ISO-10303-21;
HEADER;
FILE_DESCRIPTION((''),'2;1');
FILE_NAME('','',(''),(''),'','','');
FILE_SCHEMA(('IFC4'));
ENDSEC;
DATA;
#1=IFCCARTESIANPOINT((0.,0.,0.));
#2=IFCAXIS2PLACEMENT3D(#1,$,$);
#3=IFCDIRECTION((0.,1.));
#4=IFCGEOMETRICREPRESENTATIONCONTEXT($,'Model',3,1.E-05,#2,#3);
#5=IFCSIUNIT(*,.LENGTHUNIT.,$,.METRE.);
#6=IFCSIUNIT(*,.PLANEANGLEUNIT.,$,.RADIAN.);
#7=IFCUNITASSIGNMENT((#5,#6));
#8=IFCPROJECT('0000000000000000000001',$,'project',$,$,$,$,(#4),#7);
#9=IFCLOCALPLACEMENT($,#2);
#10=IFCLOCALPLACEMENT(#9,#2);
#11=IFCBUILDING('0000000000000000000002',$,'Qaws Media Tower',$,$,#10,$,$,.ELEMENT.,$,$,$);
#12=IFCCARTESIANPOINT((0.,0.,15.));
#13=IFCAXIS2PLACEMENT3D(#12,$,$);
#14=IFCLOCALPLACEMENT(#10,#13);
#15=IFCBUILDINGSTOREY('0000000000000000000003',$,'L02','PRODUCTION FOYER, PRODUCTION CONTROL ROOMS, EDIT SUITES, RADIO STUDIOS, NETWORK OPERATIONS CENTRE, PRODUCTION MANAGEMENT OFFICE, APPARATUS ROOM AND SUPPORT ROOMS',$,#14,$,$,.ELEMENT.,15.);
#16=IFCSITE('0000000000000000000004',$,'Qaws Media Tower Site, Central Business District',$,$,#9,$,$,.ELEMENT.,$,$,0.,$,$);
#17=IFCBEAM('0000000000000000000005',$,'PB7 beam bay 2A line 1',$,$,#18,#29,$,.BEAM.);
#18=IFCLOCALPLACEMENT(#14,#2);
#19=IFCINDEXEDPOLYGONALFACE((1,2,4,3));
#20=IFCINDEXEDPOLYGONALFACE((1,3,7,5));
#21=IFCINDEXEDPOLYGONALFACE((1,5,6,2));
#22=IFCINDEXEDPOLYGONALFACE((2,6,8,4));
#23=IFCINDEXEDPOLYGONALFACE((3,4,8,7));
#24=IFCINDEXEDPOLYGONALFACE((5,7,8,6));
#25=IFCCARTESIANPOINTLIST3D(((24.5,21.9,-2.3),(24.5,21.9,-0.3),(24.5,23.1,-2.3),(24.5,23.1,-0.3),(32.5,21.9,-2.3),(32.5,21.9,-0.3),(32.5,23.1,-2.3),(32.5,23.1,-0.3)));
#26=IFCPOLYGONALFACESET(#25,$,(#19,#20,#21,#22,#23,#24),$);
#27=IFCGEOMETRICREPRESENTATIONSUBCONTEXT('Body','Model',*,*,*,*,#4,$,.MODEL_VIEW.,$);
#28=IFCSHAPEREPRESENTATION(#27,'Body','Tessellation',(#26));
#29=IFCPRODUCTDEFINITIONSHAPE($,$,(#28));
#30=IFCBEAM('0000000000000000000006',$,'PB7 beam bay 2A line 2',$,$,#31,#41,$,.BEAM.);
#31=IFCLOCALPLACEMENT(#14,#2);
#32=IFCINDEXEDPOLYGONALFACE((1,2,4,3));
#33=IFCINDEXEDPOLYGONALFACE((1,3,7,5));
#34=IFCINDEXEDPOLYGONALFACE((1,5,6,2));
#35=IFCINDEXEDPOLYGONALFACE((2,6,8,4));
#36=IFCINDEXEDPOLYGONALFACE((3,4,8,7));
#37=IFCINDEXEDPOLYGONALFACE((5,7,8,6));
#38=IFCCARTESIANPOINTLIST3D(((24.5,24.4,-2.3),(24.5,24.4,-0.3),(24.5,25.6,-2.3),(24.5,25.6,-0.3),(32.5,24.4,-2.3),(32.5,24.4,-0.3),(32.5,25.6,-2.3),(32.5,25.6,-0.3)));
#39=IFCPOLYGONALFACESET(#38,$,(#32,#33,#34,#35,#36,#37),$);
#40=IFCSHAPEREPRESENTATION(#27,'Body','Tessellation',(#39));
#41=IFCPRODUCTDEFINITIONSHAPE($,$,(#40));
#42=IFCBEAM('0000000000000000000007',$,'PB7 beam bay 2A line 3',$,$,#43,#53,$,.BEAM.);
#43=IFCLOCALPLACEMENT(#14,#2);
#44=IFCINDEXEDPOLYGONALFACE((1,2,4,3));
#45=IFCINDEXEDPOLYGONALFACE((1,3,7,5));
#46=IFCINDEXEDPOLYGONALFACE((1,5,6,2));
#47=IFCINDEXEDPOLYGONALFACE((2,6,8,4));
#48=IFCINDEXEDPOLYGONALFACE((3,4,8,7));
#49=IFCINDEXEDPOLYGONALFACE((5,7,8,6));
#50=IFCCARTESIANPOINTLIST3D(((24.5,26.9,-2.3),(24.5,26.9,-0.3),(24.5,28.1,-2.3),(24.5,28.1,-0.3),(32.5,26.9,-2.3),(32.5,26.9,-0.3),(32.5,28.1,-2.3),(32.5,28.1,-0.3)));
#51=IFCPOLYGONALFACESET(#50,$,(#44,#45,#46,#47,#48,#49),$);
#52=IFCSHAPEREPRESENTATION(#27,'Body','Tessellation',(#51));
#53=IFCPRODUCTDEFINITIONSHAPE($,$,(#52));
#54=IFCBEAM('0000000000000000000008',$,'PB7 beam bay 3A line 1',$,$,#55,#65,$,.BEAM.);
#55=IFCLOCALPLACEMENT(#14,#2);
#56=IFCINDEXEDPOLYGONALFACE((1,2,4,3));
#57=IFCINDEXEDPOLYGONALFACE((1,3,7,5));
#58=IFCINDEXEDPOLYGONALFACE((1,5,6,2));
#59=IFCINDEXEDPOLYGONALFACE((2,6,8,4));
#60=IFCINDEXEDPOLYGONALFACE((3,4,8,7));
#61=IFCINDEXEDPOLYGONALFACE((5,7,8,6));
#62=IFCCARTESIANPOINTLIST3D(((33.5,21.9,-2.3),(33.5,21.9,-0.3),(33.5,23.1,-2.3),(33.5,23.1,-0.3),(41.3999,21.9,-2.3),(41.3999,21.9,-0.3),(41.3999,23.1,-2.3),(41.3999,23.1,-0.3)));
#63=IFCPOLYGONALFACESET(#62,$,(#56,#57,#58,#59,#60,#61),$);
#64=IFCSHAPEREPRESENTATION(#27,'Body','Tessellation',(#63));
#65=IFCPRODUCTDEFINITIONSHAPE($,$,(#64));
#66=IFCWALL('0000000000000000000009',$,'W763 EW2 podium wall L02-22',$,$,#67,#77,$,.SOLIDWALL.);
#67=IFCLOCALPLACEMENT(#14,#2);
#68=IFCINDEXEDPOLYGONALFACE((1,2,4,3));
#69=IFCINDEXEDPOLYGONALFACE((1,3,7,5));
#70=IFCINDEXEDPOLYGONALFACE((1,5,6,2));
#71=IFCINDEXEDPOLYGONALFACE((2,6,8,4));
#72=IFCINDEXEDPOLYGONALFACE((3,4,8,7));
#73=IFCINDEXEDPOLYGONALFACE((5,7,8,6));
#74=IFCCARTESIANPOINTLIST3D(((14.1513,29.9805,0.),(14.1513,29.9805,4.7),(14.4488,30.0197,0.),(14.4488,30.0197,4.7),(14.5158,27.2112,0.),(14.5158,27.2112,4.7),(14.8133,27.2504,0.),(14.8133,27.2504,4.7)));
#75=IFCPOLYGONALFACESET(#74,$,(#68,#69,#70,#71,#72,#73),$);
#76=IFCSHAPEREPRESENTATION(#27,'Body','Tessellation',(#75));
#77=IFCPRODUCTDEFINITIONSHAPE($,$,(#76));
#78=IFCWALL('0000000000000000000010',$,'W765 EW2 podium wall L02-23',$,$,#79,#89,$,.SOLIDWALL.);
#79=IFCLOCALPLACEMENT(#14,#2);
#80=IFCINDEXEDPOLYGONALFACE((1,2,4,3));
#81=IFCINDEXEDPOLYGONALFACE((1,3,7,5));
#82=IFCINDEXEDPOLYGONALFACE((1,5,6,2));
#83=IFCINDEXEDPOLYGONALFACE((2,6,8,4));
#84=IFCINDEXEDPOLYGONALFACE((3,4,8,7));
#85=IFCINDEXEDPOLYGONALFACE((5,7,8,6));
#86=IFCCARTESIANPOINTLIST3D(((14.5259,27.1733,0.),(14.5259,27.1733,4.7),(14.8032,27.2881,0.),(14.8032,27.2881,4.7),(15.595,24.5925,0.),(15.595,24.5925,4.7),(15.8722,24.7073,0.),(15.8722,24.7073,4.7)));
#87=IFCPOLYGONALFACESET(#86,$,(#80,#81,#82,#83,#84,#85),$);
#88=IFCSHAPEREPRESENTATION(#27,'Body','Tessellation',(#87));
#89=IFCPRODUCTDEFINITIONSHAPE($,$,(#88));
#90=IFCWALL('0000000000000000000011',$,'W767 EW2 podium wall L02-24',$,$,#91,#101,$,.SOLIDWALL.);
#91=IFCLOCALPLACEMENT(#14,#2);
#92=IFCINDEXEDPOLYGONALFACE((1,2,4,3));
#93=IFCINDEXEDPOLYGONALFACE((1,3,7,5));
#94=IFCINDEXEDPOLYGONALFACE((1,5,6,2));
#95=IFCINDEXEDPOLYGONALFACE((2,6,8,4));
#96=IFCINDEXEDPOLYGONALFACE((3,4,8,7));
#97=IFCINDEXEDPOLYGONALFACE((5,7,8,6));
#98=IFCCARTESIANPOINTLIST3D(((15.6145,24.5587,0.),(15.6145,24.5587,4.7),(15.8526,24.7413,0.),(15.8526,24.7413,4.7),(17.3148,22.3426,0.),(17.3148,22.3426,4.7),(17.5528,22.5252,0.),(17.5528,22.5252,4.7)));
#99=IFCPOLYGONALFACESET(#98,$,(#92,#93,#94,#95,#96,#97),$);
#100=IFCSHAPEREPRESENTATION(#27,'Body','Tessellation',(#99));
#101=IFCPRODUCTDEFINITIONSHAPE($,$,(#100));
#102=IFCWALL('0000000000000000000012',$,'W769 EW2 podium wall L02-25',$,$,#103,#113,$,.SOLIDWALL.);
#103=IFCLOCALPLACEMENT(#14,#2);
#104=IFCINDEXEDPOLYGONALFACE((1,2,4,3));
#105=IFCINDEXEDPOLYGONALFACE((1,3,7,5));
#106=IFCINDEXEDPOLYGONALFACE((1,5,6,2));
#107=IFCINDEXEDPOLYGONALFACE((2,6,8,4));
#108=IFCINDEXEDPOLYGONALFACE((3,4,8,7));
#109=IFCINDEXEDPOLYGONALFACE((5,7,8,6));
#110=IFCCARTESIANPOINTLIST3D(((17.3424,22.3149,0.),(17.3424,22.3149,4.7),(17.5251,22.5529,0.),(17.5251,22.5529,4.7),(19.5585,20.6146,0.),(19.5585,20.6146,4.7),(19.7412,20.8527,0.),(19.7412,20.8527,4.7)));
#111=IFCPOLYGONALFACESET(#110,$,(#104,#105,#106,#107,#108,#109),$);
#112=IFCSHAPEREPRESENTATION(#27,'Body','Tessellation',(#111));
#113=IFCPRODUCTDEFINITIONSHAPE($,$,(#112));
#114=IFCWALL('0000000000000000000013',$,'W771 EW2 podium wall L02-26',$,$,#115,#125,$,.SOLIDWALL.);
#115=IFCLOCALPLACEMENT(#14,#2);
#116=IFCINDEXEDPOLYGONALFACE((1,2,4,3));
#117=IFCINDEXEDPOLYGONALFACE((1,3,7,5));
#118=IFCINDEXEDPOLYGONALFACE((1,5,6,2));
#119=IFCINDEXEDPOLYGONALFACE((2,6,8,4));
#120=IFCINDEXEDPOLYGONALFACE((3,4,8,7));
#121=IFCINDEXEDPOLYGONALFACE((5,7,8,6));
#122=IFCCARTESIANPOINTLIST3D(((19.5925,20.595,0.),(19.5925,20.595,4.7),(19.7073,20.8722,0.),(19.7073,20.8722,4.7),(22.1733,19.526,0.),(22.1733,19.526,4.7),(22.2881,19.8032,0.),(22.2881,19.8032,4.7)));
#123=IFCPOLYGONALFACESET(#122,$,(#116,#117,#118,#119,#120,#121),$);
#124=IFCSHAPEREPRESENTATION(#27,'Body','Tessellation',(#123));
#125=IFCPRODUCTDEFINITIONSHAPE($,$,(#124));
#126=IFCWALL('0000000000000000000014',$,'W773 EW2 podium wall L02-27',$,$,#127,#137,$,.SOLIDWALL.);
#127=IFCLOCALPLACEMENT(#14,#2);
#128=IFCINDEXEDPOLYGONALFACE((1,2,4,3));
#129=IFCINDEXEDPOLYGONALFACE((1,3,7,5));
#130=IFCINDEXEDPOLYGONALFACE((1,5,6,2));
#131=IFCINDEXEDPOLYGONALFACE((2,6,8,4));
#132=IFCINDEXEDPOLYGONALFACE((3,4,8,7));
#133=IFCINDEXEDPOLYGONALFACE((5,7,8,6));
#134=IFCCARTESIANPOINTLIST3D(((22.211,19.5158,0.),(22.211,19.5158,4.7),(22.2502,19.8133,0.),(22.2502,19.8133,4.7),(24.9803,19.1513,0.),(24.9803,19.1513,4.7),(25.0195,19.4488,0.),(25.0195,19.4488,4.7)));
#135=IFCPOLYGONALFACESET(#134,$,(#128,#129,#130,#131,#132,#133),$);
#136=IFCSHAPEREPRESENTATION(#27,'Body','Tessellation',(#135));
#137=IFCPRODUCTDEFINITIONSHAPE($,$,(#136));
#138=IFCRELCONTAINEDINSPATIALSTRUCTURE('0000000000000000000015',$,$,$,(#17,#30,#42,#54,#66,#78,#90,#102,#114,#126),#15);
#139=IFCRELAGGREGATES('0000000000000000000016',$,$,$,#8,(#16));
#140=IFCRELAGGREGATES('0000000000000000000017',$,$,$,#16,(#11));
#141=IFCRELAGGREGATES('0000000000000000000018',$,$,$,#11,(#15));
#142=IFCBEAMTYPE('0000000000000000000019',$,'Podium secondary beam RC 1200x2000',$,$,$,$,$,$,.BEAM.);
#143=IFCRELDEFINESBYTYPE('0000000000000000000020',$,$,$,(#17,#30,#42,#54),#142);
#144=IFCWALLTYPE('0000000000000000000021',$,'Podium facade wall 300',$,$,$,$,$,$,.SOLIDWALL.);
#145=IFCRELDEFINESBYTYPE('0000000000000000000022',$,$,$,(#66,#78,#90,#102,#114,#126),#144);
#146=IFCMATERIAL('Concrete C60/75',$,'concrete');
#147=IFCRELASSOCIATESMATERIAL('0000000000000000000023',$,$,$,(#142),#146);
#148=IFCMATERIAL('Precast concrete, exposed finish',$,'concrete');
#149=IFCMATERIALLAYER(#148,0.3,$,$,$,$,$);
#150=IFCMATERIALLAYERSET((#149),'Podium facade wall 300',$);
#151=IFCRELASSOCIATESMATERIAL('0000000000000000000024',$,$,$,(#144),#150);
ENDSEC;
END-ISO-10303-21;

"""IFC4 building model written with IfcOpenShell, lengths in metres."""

from ifc_helpers import new_model, si_unit, direction, frame, frame_2d, origin, origin_2d, place, context, subcontext, project, spatial, rectangle, extrude, material, layer, layer_set, material_profile, profile_set, type_object, element, save


model = new_model("IFC4")

# Units and contexts
model_context = context("Model", 3, precision=1e-05, world=origin(), true_north=direction((0.0, 1.0)))
body_context = subcontext(model_context, "Body", "Model", "MODEL_VIEW")
ifc_project = project(units=[si_unit("LENGTHUNIT", "METRE"), si_unit("PLANEANGLEUNIT", "RADIAN")], contexts=[model_context])

# Site, building, storey
site_placement = place(None, origin())
site = spatial("IfcSite", under=ifc_project, at=site_placement, Name="Qaws Media Tower Site, Central Business District", CompositionType="ELEMENT", RefElevation=0.0)
building_placement = place(site_placement, origin())
building = spatial("IfcBuilding", under=site, at=building_placement, Name="Qaws Media Tower", CompositionType="ELEMENT")
storey_placement = place(building_placement, frame((0.0, 0.0, 15.0)))
storey = spatial("IfcBuildingStorey", under=building, at=storey_placement, Name="L02", Description="PRODUCTION FOYER, PRODUCTION CONTROL ROOMS, EDIT SUITES, RADIO STUDIOS, NETWORK OPERATIONS CENTRE, PRODUCTION MANAGEMENT OFFICE, APPARATUS ROOM AND SUPPORT ROOMS", CompositionType="ELEMENT", Elevation=15.0)

# Beams
ifc_material_1 = material(Name="Concrete C60/75", Category="concrete")
ifc_material_profile_1 = material_profile(ifc_material_1, rectangle(XDim=1.2, YDim=2.0, at=origin_2d()), Name="RC 1200x2000")
ifc_profile_set_1 = profile_set([ifc_material_profile_1], Name="Concrete C60/75")
beam_type_1 = type_object("IfcBeamType", Name="Podium secondary beam RC 1200x2000", PredefinedType="BEAM", material=ifc_profile_set_1)
for number, where, z_axis, x_axis, name in (
    (1, (24.5, 22.5, -1.3), (1.0, 0.0, 0.0), (0.0, 1.0, 0.0), "PB7 beam bay 2A line 1"),
    (2, (24.5, 25.0, -1.3), (1.0, 0.0, 0.0), (0.0, 1.0, 0.0), "PB7 beam bay 2A line 2"),
    (3, (24.5, 27.5, -1.3), (1.0, 0.0, 0.0), (0.0, 1.0, 0.0), "PB7 beam bay 2A line 3"),
):
    element("IfcBeam", number, at=place(storey_placement, frame(where, z_axis=z_axis, x_axis=x_axis)), inside=storey, type_object=beam_type_1, Name=name, PredefinedType="BEAM", context=body_context, shape_type="SweptSolid", body=[
        extrude(rectangle(XDim=1.2, YDim=2.0, at=origin_2d()), origin(), (0.0, 0.0, 1.0), 8.0),
    ])
beam_1_placement = place(storey_placement, frame((33.5, 22.5, -1.3), z_axis=(1.0, 0.0, 0.0), x_axis=(0.0, 1.0, 0.0)))
element("IfcBeam", 4, at=beam_1_placement, inside=storey, type_object=beam_type_1, Name="PB7 beam bay 3A line 1", PredefinedType="BEAM", context=body_context, shape_type="SweptSolid", body=[
    extrude(rectangle(XDim=1.2, YDim=2.0, at=origin_2d()), origin(), (0.0, 0.0, 1.0), 7.8999),
])

# Walls
ifc_material_2 = material(Name="Precast concrete, exposed finish", Category="concrete")
ifc_layer = layer(ifc_material_2, 0.3)
ifc_layer_set = layer_set([ifc_layer], Name="Podium facade wall 300")
wall_type = type_object("IfcWallType", Name="Podium facade wall 300", PredefinedType="SOLIDWALL", material=ifc_layer_set)
wall_1_placement = place(storey_placement, frame((14.3, 30.0, 0.0), z_axis=(0.0, 0.0, 1.0), x_axis=(0.130497, -0.991449, 0.0)))
element("IfcWall", 5, at=wall_1_placement, inside=storey, type_object=wall_type, Name="W763 EW2 podium wall L02-22", PredefinedType="SOLIDWALL", context=body_context, shape_type="SweptSolid", body=[
    extrude(rectangle(XDim=2.7932, YDim=0.3, at=frame_2d((1.3965, 0.0))), origin(), (0.0, 0.0, 1.0), 4.7),
])
wall_2_placement = place(storey_placement, frame((14.6646, 27.2307, 0.0), z_axis=(0.0, 0.0, 1.0), x_axis=(0.382709, -0.923869, 0.0)))
element("IfcWall", 6, at=wall_2_placement, inside=storey, type_object=wall_type, Name="W765 EW2 podium wall L02-23", PredefinedType="SOLIDWALL", context=body_context, shape_type="SweptSolid", body=[
    extrude(rectangle(XDim=2.7935, YDim=0.3, at=frame_2d((1.3967, 0.0))), origin(), (0.0, 0.0, 1.0), 4.7),
])
for number, where, z_axis, x_axis, name in (
    (7, (15.7336, 24.6499, 0.0), (0.0, 0.0, 1.0), (0.608705, -0.793397, 0.0), "W767 EW2 podium wall L02-24"),
    (8, (17.4338, 22.4338, 0.0), (0.0, 0.0, 1.0), (0.793397, -0.608705, 0.0), "W769 EW2 podium wall L02-25"),
):
    element("IfcWall", number, at=place(storey_placement, frame(where, z_axis=z_axis, x_axis=x_axis)), inside=storey, type_object=wall_type, Name=name, PredefinedType="SOLIDWALL", context=body_context, shape_type="SweptSolid", body=[
        extrude(rectangle(XDim=2.7932, YDim=0.3, at=frame_2d((1.3965, 0.0))), origin(), (0.0, 0.0, 1.0), 4.7),
    ])
wall_3_placement = place(storey_placement, frame((19.6499, 20.7336, 0.0), z_axis=(0.0, 0.0, 1.0), x_axis=(0.923869, -0.382709, 0.0)))
element("IfcWall", 9, at=wall_3_placement, inside=storey, type_object=wall_type, Name="W771 EW2 podium wall L02-26", PredefinedType="SOLIDWALL", context=body_context, shape_type="SweptSolid", body=[
    extrude(rectangle(XDim=2.7935, YDim=0.3, at=frame_2d((1.3967, 0.0))), origin(), (0.0, 0.0, 1.0), 4.7),
])
wall_4_placement = place(storey_placement, frame((22.2307, 19.6646, 0.0), z_axis=(0.0, 0.0, 1.0), x_axis=(0.991449, -0.130497, 0.0)))
element("IfcWall", 10, at=wall_4_placement, inside=storey, type_object=wall_type, Name="W773 EW2 podium wall L02-27", PredefinedType="SOLIDWALL", context=body_context, shape_type="SweptSolid", body=[
    extrude(rectangle(XDim=2.7932, YDim=0.3, at=frame_2d((1.3965, 0.0))), origin(), (0.0, 0.0, 1.0), 4.7),
])

save(model, "model.ifc")
